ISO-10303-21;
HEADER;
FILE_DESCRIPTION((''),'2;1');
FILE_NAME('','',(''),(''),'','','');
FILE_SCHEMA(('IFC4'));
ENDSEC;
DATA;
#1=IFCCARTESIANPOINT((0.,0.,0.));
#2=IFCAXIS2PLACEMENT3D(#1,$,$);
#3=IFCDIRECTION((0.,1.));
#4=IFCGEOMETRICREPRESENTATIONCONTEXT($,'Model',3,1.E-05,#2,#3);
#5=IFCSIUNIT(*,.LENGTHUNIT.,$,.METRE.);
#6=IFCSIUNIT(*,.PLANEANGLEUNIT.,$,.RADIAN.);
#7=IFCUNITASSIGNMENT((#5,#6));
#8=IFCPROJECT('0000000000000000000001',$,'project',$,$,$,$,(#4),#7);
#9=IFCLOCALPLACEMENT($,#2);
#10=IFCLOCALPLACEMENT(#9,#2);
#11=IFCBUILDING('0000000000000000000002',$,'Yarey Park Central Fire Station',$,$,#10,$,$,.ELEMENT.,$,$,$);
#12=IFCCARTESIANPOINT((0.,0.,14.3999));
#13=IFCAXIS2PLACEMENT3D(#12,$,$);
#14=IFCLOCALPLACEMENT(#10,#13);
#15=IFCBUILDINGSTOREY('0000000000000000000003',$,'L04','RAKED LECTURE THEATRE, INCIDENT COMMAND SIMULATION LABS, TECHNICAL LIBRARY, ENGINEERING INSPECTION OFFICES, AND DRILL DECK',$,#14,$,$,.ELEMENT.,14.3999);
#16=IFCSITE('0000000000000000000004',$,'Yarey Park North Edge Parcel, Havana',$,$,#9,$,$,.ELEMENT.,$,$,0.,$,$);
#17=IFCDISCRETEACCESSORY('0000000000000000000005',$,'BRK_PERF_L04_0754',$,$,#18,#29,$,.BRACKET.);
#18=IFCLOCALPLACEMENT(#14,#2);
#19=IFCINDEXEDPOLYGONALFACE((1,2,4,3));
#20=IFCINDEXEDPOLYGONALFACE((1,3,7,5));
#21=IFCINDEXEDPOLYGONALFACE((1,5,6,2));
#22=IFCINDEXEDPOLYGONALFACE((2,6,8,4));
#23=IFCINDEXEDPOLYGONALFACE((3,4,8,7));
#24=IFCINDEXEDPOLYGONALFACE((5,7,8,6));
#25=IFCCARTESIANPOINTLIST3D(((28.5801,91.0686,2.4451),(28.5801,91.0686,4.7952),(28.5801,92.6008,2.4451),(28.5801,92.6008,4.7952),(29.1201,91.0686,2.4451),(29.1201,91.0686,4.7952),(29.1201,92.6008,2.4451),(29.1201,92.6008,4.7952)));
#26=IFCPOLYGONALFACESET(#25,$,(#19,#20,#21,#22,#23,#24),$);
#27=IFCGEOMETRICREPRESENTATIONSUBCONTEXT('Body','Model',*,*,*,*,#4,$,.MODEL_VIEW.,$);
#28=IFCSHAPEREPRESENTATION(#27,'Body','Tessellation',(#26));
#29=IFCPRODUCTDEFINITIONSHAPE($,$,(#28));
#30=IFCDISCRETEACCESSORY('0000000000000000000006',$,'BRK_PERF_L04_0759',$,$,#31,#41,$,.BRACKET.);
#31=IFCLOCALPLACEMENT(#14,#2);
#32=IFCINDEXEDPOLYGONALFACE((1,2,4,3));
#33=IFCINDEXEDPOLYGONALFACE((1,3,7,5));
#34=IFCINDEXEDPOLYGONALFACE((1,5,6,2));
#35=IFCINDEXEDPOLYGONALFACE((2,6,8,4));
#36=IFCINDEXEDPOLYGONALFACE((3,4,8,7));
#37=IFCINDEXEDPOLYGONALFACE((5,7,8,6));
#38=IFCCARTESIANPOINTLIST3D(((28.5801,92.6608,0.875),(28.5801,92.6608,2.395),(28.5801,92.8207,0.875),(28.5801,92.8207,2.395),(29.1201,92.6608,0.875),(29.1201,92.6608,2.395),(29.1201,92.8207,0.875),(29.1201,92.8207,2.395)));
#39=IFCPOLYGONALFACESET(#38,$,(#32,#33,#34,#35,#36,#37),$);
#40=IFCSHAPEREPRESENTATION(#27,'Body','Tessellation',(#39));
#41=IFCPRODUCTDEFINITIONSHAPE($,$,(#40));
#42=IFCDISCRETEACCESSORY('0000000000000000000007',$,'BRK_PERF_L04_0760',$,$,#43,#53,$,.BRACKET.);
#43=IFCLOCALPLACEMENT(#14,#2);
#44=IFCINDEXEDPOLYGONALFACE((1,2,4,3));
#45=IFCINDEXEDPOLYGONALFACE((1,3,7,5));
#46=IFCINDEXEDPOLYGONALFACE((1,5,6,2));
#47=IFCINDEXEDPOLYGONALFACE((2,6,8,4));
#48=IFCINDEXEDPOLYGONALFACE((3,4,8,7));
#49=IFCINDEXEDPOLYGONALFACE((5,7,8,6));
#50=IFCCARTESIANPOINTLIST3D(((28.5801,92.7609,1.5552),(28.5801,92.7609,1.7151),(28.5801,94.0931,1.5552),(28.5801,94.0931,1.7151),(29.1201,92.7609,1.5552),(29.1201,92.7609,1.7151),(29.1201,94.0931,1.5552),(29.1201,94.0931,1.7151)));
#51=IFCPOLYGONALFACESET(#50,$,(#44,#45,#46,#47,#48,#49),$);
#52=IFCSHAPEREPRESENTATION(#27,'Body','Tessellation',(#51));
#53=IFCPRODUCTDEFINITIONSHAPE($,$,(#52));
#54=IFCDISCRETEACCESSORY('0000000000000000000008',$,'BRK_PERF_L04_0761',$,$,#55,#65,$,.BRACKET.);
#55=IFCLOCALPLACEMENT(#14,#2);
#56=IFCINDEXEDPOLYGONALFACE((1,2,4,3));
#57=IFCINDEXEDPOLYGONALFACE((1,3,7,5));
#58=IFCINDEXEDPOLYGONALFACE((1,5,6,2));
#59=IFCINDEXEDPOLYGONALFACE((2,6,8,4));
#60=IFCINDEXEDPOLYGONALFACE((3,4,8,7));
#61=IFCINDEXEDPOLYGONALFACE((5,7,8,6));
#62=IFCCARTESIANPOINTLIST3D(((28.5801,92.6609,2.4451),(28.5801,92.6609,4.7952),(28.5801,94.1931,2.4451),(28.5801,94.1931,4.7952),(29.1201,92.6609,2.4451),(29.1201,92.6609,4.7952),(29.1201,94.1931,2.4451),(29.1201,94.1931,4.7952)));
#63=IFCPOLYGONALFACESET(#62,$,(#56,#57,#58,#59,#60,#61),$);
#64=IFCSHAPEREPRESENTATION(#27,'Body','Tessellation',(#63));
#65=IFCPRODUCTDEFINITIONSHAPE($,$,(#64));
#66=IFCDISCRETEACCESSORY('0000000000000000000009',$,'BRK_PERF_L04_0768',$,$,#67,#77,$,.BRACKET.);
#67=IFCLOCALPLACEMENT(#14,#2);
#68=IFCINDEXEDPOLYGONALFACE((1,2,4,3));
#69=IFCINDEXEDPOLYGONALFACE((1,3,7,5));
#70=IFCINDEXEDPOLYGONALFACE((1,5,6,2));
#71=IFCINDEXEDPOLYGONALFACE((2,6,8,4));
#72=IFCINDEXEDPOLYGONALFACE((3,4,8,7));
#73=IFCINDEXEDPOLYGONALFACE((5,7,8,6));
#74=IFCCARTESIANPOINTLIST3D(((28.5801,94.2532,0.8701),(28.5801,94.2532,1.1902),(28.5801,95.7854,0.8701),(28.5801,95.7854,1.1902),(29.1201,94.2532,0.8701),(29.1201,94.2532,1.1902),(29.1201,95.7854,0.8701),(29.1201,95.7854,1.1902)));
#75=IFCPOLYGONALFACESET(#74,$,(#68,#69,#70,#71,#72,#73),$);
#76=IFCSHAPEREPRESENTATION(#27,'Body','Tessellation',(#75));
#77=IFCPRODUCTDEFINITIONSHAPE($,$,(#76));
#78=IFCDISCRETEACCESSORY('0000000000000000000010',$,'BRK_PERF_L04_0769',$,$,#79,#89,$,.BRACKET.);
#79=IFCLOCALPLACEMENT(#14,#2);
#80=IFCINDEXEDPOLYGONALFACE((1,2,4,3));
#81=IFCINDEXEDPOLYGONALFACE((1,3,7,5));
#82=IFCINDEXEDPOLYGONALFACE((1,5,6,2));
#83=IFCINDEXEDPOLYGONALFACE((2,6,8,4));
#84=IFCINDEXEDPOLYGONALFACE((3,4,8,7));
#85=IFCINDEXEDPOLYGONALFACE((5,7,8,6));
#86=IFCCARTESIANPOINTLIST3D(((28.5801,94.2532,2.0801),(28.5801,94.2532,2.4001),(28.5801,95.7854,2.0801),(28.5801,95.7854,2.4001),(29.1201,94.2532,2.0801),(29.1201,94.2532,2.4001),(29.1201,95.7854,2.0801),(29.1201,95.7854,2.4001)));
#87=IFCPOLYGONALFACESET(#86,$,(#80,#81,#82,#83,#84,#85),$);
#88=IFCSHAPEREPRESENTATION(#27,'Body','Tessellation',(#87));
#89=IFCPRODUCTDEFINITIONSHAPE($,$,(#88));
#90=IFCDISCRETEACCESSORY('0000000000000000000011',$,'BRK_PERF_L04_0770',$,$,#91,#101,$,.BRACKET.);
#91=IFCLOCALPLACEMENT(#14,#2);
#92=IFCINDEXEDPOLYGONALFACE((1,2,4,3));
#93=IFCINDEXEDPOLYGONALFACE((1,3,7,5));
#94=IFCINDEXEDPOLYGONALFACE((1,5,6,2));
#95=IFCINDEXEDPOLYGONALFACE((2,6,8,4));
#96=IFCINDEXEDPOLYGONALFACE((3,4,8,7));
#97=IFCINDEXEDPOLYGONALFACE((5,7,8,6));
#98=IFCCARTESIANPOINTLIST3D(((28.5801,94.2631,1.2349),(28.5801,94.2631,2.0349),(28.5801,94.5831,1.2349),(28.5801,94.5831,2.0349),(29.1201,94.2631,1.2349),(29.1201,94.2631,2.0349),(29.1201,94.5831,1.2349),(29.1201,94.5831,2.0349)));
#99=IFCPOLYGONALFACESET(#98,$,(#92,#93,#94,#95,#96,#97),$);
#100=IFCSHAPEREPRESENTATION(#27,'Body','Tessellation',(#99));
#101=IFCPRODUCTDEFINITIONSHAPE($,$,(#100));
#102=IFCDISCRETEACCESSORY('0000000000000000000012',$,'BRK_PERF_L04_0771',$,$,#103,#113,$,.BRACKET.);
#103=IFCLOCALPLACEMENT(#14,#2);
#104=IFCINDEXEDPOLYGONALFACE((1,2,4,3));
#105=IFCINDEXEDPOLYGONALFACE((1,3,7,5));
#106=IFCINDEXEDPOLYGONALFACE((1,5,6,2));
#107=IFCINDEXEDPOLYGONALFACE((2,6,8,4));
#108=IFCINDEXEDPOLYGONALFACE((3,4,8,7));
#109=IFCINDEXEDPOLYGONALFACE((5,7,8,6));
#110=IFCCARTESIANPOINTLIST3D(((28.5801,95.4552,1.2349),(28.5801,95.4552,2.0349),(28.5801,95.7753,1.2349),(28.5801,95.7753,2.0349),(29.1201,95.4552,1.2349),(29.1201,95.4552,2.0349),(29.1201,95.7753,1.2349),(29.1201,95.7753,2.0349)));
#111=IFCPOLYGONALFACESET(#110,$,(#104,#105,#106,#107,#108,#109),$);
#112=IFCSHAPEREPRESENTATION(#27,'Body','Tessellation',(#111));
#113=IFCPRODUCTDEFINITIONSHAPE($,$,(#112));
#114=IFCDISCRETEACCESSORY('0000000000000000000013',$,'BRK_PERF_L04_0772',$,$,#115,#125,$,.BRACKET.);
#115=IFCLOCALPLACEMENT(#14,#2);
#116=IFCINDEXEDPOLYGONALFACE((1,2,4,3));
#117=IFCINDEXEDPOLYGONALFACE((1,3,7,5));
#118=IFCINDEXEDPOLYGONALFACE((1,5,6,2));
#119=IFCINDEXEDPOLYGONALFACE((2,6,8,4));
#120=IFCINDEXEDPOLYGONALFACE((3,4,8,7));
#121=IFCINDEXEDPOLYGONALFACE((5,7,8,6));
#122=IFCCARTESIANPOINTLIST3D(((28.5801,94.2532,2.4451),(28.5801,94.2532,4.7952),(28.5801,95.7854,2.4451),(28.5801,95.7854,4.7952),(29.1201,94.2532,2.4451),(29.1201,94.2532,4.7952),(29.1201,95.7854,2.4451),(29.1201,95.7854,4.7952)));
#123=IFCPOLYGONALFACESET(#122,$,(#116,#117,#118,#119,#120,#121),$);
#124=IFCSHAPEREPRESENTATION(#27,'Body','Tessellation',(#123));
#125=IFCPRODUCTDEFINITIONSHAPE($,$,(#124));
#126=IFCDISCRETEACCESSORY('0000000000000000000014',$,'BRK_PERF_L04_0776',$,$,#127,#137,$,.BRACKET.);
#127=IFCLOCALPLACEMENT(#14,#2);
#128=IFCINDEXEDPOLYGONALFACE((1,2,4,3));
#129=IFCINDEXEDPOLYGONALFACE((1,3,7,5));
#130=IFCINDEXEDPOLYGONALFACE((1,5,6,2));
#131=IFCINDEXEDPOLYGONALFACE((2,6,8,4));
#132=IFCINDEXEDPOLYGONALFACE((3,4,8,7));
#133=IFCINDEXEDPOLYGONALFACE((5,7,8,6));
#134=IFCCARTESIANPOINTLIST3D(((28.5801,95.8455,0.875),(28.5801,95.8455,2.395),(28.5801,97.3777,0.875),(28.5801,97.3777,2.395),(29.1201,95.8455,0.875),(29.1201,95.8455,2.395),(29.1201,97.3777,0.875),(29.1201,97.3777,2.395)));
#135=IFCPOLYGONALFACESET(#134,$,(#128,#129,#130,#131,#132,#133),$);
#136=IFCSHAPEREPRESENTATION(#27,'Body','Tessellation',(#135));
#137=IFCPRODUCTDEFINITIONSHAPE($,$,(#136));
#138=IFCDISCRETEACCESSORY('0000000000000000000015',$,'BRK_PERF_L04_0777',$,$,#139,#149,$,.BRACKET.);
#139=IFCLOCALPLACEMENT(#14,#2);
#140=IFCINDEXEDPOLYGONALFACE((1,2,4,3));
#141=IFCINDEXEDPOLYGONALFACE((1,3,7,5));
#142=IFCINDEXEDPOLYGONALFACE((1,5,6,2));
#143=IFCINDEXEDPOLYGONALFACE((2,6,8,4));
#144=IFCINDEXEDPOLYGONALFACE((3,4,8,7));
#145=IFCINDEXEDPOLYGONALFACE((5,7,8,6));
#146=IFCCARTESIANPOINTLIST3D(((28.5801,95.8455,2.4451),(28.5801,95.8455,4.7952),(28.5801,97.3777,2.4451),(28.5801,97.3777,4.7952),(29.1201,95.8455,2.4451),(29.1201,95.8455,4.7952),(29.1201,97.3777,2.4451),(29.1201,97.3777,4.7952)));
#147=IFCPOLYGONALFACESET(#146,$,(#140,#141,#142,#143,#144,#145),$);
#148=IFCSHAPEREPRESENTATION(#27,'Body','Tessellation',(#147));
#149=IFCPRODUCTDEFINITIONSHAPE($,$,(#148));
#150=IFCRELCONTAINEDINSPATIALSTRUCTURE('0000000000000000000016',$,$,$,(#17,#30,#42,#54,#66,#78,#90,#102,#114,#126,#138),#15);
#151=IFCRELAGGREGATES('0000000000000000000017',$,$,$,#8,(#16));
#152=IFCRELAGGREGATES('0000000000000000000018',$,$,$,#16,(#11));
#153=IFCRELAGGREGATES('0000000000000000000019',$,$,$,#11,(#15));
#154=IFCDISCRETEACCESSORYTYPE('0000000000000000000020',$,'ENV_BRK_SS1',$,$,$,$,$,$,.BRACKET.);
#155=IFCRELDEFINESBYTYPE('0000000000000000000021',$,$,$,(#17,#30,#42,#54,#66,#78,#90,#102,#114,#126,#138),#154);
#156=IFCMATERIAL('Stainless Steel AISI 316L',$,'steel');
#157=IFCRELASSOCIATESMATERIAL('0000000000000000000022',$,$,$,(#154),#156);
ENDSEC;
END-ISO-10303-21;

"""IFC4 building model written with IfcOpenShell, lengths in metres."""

from ifc_helpers import new_model, si_unit, direction, frame, origin, origin_2d, place, context, subcontext, project, spatial, rectangle, extrude, material, type_object, element, save


model = new_model("IFC4")

# Units and contexts
model_context = context("Model", 3, precision=1e-05, world=origin(), true_north=direction((0.0, 1.0)))
body_context = subcontext(model_context, "Body", "Model", "MODEL_VIEW")
ifc_project = project(units=[si_unit("LENGTHUNIT", "METRE"), si_unit("PLANEANGLEUNIT", "RADIAN")], contexts=[model_context])

# Site, building, storey
site_placement = place(None, origin())
site = spatial("IfcSite", under=ifc_project, at=site_placement, Name="Yarey Park North Edge Parcel, Havana", CompositionType="ELEMENT", RefElevation=0.0)
building_placement = place(site_placement, origin())
building = spatial("IfcBuilding", under=site, at=building_placement, Name="Yarey Park Central Fire Station", CompositionType="ELEMENT")
storey_placement = place(building_placement, frame((0.0, 0.0, 14.3999)))
storey = spatial("IfcBuildingStorey", under=building, at=storey_placement, Name="L04", Description="RAKED LECTURE THEATRE, INCIDENT COMMAND SIMULATION LABS, TECHNICAL LIBRARY, ENGINEERING INSPECTION OFFICES, AND DRILL DECK", CompositionType="ELEMENT", Elevation=14.3999)

# Discrete accessories
ifc_material_1 = material(Name="Stainless Steel AISI 316L", Category="steel")
discrete_accessory_type = type_object("IfcDiscreteAccessoryType", Name="ENV_BRK_SS1", PredefinedType="BRACKET", material=ifc_material_1)
discrete_accessory_1_placement = place(storey_placement, frame((28.8501, 91.8347, 2.4451), z_axis=(0.0, 0.0, 1.0), x_axis=(1.0, 0.0, 0.0)))
element("IfcDiscreteAccessory", 1, at=discrete_accessory_1_placement, inside=storey, type_object=discrete_accessory_type, Name="BRK_PERF_L04_0754", PredefinedType="BRACKET", context=body_context, shape_type="SweptSolid", body=[
    extrude(rectangle(XDim=0.54, YDim=1.5322, at=origin_2d()), origin(), (0.0, 0.0, 1.0), 2.3501),
])
discrete_accessory_2_placement = place(storey_placement, frame((28.8501, 92.7407, 0.875), z_axis=(0.0, 0.0, 1.0), x_axis=(1.0, 0.0, 0.0)))
element("IfcDiscreteAccessory", 2, at=discrete_accessory_2_placement, inside=storey, type_object=discrete_accessory_type, Name="BRK_PERF_L04_0759", PredefinedType="BRACKET", context=body_context, shape_type="SweptSolid", body=[
    extrude(rectangle(XDim=0.54, YDim=0.1599, at=origin_2d()), origin(), (0.0, 0.0, 1.0), 1.52),
])
discrete_accessory_3_placement = place(storey_placement, frame((28.8501, 93.427, 1.5552), z_axis=(0.0, 0.0, 1.0), x_axis=(1.0, 0.0, 0.0)))
element("IfcDiscreteAccessory", 3, at=discrete_accessory_3_placement, inside=storey, type_object=discrete_accessory_type, Name="BRK_PERF_L04_0760", PredefinedType="BRACKET", context=body_context, shape_type="SweptSolid", body=[
    extrude(rectangle(XDim=0.54, YDim=1.3323, at=origin_2d()), origin(), (0.0, 0.0, 1.0), 0.1599),
])
discrete_accessory_4_placement = place(storey_placement, frame((28.8501, 93.427, 2.4451), z_axis=(0.0, 0.0, 1.0), x_axis=(1.0, 0.0, 0.0)))
element("IfcDiscreteAccessory", 4, at=discrete_accessory_4_placement, inside=storey, type_object=discrete_accessory_type, Name="BRK_PERF_L04_0761", PredefinedType="BRACKET", context=body_context, shape_type="SweptSolid", body=[
    extrude(rectangle(XDim=0.54, YDim=1.5322, at=origin_2d()), origin(), (0.0, 0.0, 1.0), 2.3501),
])
for number, where, z_axis, x_axis, name in (
    (5, (28.8501, 95.0193, 0.8701), (0.0, 0.0, 1.0), (1.0, 0.0, 0.0), "BRK_PERF_L04_0768"),
    (6, (28.8501, 95.0193, 2.0801), (0.0, 0.0, 1.0), (1.0, 0.0, 0.0), "BRK_PERF_L04_0769"),
):
    element("IfcDiscreteAccessory", number, at=place(storey_placement, frame(where, z_axis=z_axis, x_axis=x_axis)), inside=storey, type_object=discrete_accessory_type, Name=name, PredefinedType="BRACKET", context=body_context, shape_type="SweptSolid", body=[
        extrude(rectangle(XDim=0.54, YDim=1.5322, at=origin_2d()), origin(), (0.0, 0.0, 1.0), 0.3201),
    ])
for number, where, z_axis, x_axis, name in (
    (7, (28.8501, 94.4231, 1.2349), (0.0, 0.0, 1.0), (1.0, 0.0, 0.0), "BRK_PERF_L04_0770"),
    (8, (28.8501, 95.6152, 1.2349), (0.0, 0.0, 1.0), (1.0, 0.0, 0.0), "BRK_PERF_L04_0771"),
):
    element("IfcDiscreteAccessory", number, at=place(storey_placement, frame(where, z_axis=z_axis, x_axis=x_axis)), inside=storey, type_object=discrete_accessory_type, Name=name, PredefinedType="BRACKET", context=body_context, shape_type="SweptSolid", body=[
        extrude(rectangle(XDim=0.54, YDim=0.3201, at=origin_2d()), origin(), (0.0, 0.0, 1.0), 0.8),
    ])
discrete_accessory_5_placement = place(storey_placement, frame((28.8501, 95.0193, 2.4451), z_axis=(0.0, 0.0, 1.0), x_axis=(1.0, 0.0, 0.0)))
element("IfcDiscreteAccessory", 9, at=discrete_accessory_5_placement, inside=storey, type_object=discrete_accessory_type, Name="BRK_PERF_L04_0772", PredefinedType="BRACKET", context=body_context, shape_type="SweptSolid", body=[
    extrude(rectangle(XDim=0.54, YDim=1.5322, at=origin_2d()), origin(), (0.0, 0.0, 1.0), 2.3501),
])
discrete_accessory_6_placement = place(storey_placement, frame((28.8501, 96.6116, 0.875), z_axis=(0.0, 0.0, 1.0), x_axis=(1.0, 0.0, 0.0)))
element("IfcDiscreteAccessory", 10, at=discrete_accessory_6_placement, inside=storey, type_object=discrete_accessory_type, Name="BRK_PERF_L04_0776", PredefinedType="BRACKET", context=body_context, shape_type="SweptSolid", body=[
    extrude(rectangle(XDim=0.54, YDim=1.5322, at=origin_2d()), origin(), (0.0, 0.0, 1.0), 1.52),
])
discrete_accessory_7_placement = place(storey_placement, frame((28.8501, 96.6116, 2.4451), z_axis=(0.0, 0.0, 1.0), x_axis=(1.0, 0.0, 0.0)))
element("IfcDiscreteAccessory", 11, at=discrete_accessory_7_placement, inside=storey, type_object=discrete_accessory_type, Name="BRK_PERF_L04_0777", PredefinedType="BRACKET", context=body_context, shape_type="SweptSolid", body=[
    extrude(rectangle(XDim=0.54, YDim=1.5322, at=origin_2d()), origin(), (0.0, 0.0, 1.0), 2.3501),
])

save(model, "model.ifc")
